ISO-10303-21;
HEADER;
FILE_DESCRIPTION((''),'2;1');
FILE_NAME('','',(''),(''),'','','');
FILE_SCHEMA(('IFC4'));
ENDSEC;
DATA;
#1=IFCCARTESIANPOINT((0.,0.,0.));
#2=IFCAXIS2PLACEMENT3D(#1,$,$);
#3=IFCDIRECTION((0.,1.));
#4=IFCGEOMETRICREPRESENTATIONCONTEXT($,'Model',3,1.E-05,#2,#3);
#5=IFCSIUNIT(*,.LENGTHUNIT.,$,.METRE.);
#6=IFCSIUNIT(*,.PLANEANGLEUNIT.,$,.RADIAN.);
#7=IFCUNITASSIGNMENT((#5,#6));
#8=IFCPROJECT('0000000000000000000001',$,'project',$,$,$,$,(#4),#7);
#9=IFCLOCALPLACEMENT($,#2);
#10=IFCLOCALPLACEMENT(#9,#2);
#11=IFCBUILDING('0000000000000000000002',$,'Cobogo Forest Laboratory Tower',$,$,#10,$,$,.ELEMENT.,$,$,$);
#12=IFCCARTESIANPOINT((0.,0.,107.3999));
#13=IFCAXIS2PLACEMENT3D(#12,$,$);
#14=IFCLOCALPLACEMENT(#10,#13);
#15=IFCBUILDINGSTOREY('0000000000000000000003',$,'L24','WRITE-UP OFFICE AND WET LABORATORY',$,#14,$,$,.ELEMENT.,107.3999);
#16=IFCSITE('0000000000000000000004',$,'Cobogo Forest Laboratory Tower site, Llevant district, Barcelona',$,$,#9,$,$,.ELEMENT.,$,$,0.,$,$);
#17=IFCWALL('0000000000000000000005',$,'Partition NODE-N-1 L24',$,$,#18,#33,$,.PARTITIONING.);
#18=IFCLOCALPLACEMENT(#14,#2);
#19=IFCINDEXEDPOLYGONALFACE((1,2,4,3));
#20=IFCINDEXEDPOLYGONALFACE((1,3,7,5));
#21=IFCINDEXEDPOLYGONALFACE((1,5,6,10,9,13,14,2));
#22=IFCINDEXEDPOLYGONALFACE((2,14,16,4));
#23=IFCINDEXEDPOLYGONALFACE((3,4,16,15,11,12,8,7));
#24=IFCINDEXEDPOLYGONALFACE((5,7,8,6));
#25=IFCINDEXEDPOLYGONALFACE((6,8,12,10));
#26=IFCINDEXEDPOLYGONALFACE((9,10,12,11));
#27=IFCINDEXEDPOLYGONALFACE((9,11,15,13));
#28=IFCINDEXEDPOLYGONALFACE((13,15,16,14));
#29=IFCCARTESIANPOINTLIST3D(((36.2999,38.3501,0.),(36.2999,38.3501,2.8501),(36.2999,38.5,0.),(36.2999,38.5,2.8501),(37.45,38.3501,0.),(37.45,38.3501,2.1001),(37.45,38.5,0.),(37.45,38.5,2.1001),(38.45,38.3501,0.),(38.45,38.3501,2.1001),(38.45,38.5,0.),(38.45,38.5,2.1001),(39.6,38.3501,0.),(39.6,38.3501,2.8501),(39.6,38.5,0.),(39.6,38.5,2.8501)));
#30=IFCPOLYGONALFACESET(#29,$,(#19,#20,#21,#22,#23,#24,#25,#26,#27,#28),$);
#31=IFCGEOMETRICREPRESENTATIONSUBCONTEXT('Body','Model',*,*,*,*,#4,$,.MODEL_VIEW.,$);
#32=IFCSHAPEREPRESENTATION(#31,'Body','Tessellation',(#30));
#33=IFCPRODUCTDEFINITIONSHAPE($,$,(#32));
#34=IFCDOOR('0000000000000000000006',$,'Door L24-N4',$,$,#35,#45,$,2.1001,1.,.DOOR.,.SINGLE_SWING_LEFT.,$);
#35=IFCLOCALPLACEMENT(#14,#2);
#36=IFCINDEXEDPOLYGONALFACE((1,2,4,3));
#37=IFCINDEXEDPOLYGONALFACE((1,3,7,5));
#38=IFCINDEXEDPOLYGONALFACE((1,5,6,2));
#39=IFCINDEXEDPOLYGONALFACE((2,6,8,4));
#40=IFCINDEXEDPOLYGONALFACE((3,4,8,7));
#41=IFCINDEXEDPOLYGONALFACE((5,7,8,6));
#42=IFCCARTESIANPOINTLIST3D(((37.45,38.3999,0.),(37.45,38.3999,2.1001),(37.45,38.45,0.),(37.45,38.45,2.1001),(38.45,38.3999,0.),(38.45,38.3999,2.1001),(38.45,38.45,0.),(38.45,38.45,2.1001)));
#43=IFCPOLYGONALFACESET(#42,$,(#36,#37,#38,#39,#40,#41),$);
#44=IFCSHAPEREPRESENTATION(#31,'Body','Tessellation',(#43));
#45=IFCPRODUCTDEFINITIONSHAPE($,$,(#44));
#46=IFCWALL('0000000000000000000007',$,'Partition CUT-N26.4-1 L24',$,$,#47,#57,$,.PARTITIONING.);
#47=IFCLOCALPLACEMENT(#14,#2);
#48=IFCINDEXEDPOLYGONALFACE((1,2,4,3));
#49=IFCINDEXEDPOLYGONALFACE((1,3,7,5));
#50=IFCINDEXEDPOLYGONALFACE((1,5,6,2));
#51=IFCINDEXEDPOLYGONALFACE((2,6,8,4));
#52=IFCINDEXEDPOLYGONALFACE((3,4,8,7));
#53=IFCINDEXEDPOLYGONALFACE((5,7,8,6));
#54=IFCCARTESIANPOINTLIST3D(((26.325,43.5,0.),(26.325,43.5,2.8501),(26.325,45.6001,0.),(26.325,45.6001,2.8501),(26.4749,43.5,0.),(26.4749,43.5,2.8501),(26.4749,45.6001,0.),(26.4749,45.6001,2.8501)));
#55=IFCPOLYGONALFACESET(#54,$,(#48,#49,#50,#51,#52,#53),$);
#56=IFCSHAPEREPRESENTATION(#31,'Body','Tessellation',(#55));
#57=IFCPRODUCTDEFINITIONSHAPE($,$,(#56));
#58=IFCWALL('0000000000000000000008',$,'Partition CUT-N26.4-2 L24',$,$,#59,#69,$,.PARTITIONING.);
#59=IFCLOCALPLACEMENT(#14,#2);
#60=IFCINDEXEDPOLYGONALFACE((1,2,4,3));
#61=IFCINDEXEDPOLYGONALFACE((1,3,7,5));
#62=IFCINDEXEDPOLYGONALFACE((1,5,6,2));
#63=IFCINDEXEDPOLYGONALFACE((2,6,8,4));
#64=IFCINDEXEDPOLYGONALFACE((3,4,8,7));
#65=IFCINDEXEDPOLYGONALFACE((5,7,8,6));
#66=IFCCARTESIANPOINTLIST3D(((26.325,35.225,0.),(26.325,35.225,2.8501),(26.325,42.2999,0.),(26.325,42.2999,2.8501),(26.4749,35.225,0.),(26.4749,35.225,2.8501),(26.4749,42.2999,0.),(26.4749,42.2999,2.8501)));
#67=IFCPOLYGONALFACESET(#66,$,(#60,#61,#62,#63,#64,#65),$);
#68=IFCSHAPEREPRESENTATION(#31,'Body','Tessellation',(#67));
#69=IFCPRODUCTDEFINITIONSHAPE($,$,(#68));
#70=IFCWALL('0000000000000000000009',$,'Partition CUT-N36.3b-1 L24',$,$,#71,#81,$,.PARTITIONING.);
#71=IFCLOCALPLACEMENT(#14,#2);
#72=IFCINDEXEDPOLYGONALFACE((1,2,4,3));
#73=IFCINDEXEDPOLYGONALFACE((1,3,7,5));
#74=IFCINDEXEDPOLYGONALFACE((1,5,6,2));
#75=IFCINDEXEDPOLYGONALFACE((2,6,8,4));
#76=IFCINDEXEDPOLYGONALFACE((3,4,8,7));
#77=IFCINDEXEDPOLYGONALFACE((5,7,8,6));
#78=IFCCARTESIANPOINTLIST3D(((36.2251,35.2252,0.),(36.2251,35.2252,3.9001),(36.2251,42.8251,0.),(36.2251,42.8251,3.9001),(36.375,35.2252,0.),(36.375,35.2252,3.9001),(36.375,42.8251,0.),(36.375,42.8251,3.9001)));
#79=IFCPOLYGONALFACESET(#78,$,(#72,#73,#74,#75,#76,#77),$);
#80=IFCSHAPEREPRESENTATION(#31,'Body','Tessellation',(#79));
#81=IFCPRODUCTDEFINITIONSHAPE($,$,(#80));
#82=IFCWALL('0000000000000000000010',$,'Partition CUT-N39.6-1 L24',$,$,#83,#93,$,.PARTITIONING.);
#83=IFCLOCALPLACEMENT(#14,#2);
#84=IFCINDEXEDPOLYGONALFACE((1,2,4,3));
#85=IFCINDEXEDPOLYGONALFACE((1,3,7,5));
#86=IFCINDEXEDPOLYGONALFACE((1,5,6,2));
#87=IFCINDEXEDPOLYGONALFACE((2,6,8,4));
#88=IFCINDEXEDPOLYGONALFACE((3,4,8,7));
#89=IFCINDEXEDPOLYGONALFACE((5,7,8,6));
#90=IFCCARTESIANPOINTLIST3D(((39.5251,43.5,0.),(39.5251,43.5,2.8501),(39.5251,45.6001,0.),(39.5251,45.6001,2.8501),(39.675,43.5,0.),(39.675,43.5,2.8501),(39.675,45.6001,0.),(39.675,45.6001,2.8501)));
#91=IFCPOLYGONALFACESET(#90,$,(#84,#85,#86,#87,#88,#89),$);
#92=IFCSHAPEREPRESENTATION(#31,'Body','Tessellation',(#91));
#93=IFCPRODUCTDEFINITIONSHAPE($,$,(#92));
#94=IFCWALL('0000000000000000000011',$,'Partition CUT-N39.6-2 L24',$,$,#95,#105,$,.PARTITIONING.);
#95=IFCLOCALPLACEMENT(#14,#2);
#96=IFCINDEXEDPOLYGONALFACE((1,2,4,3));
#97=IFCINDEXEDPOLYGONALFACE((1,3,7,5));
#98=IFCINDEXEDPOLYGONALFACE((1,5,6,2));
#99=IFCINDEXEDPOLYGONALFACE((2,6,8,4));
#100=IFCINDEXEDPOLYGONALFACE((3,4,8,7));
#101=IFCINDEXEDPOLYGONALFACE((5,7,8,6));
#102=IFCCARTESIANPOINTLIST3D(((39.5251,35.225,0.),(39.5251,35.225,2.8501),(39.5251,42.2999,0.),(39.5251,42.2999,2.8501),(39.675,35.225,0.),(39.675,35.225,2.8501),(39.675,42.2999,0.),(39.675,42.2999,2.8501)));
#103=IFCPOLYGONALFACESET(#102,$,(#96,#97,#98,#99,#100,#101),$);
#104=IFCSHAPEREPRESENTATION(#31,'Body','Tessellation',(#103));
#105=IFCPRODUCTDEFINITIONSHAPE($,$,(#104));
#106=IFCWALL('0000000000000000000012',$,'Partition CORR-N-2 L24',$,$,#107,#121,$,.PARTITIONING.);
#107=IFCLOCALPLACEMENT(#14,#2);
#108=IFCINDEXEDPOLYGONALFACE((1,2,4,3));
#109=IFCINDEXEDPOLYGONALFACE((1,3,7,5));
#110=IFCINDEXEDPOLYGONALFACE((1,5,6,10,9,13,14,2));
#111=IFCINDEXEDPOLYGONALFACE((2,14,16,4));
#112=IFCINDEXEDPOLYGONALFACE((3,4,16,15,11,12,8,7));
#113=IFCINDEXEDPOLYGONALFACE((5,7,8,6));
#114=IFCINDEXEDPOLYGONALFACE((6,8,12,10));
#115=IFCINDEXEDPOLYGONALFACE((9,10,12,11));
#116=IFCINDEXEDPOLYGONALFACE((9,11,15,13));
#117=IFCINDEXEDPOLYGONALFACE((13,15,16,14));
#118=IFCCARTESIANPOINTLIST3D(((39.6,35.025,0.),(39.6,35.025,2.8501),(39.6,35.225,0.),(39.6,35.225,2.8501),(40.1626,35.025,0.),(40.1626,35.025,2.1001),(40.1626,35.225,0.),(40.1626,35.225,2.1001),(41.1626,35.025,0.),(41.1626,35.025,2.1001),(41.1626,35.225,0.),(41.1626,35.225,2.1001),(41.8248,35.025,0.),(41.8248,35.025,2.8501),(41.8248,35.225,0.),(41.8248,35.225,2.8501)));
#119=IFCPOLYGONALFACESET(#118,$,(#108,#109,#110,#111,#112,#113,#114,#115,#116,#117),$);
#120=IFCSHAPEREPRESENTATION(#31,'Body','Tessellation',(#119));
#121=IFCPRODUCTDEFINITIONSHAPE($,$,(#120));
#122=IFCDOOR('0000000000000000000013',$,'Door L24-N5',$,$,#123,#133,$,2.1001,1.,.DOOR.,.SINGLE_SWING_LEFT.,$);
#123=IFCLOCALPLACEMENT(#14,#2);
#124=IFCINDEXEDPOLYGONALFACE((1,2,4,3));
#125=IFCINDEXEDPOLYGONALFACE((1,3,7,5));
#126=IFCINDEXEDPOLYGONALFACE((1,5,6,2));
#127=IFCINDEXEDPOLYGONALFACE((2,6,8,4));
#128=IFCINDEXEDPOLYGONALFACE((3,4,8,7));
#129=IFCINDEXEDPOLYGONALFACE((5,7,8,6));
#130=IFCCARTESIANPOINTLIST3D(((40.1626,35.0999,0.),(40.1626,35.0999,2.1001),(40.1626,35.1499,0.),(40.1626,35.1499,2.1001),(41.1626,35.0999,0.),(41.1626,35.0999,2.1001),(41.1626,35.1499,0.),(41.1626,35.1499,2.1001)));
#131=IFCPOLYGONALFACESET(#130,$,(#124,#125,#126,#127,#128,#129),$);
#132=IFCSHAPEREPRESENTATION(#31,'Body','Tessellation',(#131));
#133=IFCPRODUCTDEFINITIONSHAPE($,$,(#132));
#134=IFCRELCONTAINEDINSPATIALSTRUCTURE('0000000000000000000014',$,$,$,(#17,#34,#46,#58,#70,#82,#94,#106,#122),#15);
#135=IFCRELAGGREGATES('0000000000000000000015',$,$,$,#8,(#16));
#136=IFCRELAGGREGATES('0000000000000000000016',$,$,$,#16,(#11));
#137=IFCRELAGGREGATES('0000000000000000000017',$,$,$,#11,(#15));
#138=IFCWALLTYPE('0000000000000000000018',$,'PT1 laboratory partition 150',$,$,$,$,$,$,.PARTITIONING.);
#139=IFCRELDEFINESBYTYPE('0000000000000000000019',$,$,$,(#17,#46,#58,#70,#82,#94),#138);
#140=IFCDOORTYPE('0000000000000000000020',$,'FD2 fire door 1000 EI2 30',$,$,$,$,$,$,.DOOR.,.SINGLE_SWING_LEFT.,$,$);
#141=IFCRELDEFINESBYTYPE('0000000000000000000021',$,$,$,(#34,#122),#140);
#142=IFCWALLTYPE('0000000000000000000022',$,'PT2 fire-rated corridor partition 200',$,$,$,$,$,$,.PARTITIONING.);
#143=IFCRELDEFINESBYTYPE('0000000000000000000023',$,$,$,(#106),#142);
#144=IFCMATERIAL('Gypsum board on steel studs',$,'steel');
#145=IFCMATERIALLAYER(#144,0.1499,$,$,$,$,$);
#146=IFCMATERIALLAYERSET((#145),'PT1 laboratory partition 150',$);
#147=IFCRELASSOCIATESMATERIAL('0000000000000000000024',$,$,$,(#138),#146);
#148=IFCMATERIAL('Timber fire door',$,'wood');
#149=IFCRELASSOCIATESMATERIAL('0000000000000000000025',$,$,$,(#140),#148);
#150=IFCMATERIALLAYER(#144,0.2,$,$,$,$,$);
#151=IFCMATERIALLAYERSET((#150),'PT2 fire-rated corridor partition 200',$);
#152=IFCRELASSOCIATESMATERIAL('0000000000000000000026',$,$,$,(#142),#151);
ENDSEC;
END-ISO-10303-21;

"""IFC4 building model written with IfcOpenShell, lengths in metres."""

from ifc_helpers import new_model, si_unit, direction, frame, frame_2d, origin, place, context, subcontext, project, spatial, rectangle, extrude, material, layer, layer_set, type_object, element, fill, save


model = new_model("IFC4")

# Units and contexts
model_context = context("Model", 3, precision=1e-05, world=origin(), true_north=direction((0.0, 1.0)))
body_context = subcontext(model_context, "Body", "Model", "MODEL_VIEW")
ifc_project = project(units=[si_unit("LENGTHUNIT", "METRE"), si_unit("PLANEANGLEUNIT", "RADIAN")], contexts=[model_context])

# Site, building, storey
site_placement = place(None, origin())
site = spatial("IfcSite", under=ifc_project, at=site_placement, Name="Cobogo Forest Laboratory Tower site, Llevant district, Barcelona", CompositionType="ELEMENT", RefElevation=0.0)
building_placement = place(site_placement, origin())
building = spatial("IfcBuilding", under=site, at=building_placement, Name="Cobogo Forest Laboratory Tower", CompositionType="ELEMENT")
storey_placement = place(building_placement, frame((0.0, 0.0, 107.3999)))
storey = spatial("IfcBuildingStorey", under=building, at=storey_placement, Name="L24", Description="WRITE-UP OFFICE AND WET LABORATORY", CompositionType="ELEMENT", Elevation=107.3999)

# Shared definitions
ifc_material_1 = material(Name="Gypsum board on steel studs", Category="steel")
ifc_layer_1 = layer(ifc_material_1, 0.1499)
ifc_layer_set_1 = layer_set([ifc_layer_1], Name="PT1 laboratory partition 150")
wall_type_1 = type_object("IfcWallType", Name="PT1 laboratory partition 150", PredefinedType="PARTITIONING", material=ifc_layer_set_1)
ifc_material_2 = material(Name="Timber fire door", Category="wood")
door_type = type_object("IfcDoorType", Name="FD2 fire door 1000 EI2 30", OperationType="SINGLE_SWING_LEFT", PredefinedType="DOOR", material=ifc_material_2)

# Wall, opening, door
wall_1_placement = place(storey_placement, frame((36.3, 38.425, 0.0), z_axis=(0.0, 0.0, 1.0), x_axis=(1.0, 0.0, 0.0)))
wall_1 = element("IfcWall", 1, at=wall_1_placement, inside=storey, type_object=wall_type_1, Name="Partition NODE-N-1 L24", PredefinedType="PARTITIONING", context=body_context, shape_type="SweptSolid", body=[
    extrude(rectangle(XDim=3.3, YDim=0.1499, at=frame_2d((1.6499, 0.0))), origin(), (0.0, 0.0, 1.0), 2.8501),
])
opening_1_placement = place(wall_1_placement, frame((1.1499, 0.0, 0.0)))
opening_1 = element("IfcOpeningElement", 2, at=opening_1_placement, cuts=wall_1, PredefinedType="OPENING", context=body_context, shape_type="SweptSolid", body=[
    extrude(rectangle(XDim=1.0, YDim=2.1001, at=frame_2d((0.5, 1.05))), frame((0.0, 0.085, 0.0), z_axis=(0.0, -1.0, 0.0), x_axis=(1.0, 0.0, 0.0)), (0.0, 0.0, 1.0), 0.1699),
])
door_1_placement = place(opening_1_placement, origin())
door_1 = element("IfcDoor", 3, at=door_1_placement, inside=storey, type_object=door_type, Name="Door L24-N4", OperationType="SINGLE_SWING_LEFT", OverallHeight=2.1001, OverallWidth=1.0, PredefinedType="DOOR", context=body_context, shape_type="SweptSolid", body=[
    extrude(rectangle(XDim=1.0, YDim=2.1001, at=frame_2d((0.5, 1.05))), frame((0.0, 0.0249, 0.0), z_axis=(0.0, -1.0, 0.0), x_axis=(1.0, 0.0, 0.0)), (0.0, 0.0, 1.0), 0.05),
])
fill(opening_1, door_1)

# Walls
wall_2_placement = place(storey_placement, frame((26.3999, 45.6001, 0.0), z_axis=(0.0, 0.0, 1.0), x_axis=(0.0, -1.0, 0.0)))
element("IfcWall", 4, at=wall_2_placement, inside=storey, type_object=wall_type_1, Name="Partition CUT-N26.4-1 L24", PredefinedType="PARTITIONING", context=body_context, shape_type="SweptSolid", body=[
    extrude(rectangle(XDim=2.1001, YDim=0.1499, at=frame_2d((1.05, 0.0))), origin(), (0.0, 0.0, 1.0), 2.8501),
])
wall_3_placement = place(storey_placement, frame((26.3999, 42.3, 0.0), z_axis=(0.0, 0.0, 1.0), x_axis=(0.0, -1.0, 0.0)))
element("IfcWall", 5, at=wall_3_placement, inside=storey, type_object=wall_type_1, Name="Partition CUT-N26.4-2 L24", PredefinedType="PARTITIONING", context=body_context, shape_type="SweptSolid", body=[
    extrude(rectangle(XDim=7.075, YDim=0.1499, at=frame_2d((3.5376, 0.0))), origin(), (0.0, 0.0, 1.0), 2.8501),
])
wall_4_placement = place(storey_placement, frame((36.3, 42.825, 0.0), z_axis=(0.0, 0.0, 1.0), x_axis=(0.0, -1.0, 0.0)))
element("IfcWall", 6, at=wall_4_placement, inside=storey, type_object=wall_type_1, Name="Partition CUT-N36.3b-1 L24", PredefinedType="PARTITIONING", context=body_context, shape_type="SweptSolid", body=[
    extrude(rectangle(XDim=7.5999, YDim=0.1499, at=frame_2d((3.7998, 0.0))), origin(), (0.0, 0.0, 1.0), 3.9001),
])
wall_5_placement = place(storey_placement, frame((39.6001, 45.6001, 0.0), z_axis=(0.0, 0.0, 1.0), x_axis=(0.0, -1.0, 0.0)))
element("IfcWall", 7, at=wall_5_placement, inside=storey, type_object=wall_type_1, Name="Partition CUT-N39.6-1 L24", PredefinedType="PARTITIONING", context=body_context, shape_type="SweptSolid", body=[
    extrude(rectangle(XDim=2.1001, YDim=0.1499, at=frame_2d((1.05, 0.0))), origin(), (0.0, 0.0, 1.0), 2.8501),
])
wall_6_placement = place(storey_placement, frame((39.6001, 42.3, 0.0), z_axis=(0.0, 0.0, 1.0), x_axis=(0.0, -1.0, 0.0)))
element("IfcWall", 8, at=wall_6_placement, inside=storey, type_object=wall_type_1, Name="Partition CUT-N39.6-2 L24", PredefinedType="PARTITIONING", context=body_context, shape_type="SweptSolid", body=[
    extrude(rectangle(XDim=7.075, YDim=0.1499, at=frame_2d((3.5376, 0.0))), origin(), (0.0, 0.0, 1.0), 2.8501),
])

# Wall, opening, door
ifc_layer_2 = layer(ifc_material_1, 0.2)
ifc_layer_set_2 = layer_set([ifc_layer_2], Name="PT2 fire-rated corridor partition 200")
wall_type_2 = type_object("IfcWallType", Name="PT2 fire-rated corridor partition 200", PredefinedType="PARTITIONING", material=ifc_layer_set_2)
wall_7_placement = place(storey_placement, frame((39.6001, 35.125, 0.0), z_axis=(0.0, 0.0, 1.0), x_axis=(1.0, 0.0, 0.0)))
wall_7 = element("IfcWall", 9, at=wall_7_placement, inside=storey, type_object=wall_type_2, Name="Partition CORR-N-2 L24", PredefinedType="PARTITIONING", context=body_context, shape_type="SweptSolid", body=[
    extrude(rectangle(XDim=2.2249, YDim=0.2, at=frame_2d((1.1123, 0.0))), origin(), (0.0, 0.0, 1.0), 2.8501),
])
opening_2_placement = place(wall_7_placement, frame((0.5625, 0.0, 0.0)))
opening_2 = element("IfcOpeningElement", 10, at=opening_2_placement, cuts=wall_7, PredefinedType="OPENING", context=body_context, shape_type="SweptSolid", body=[
    extrude(rectangle(XDim=1.0, YDim=2.1001, at=frame_2d((0.5, 1.05))), frame((0.0, 0.1099, 0.0), z_axis=(0.0, -1.0, 0.0), x_axis=(1.0, 0.0, 0.0)), (0.0, 0.0, 1.0), 0.22),
])
door_2_placement = place(opening_2_placement, origin())
door_2 = element("IfcDoor", 11, at=door_2_placement, inside=storey, type_object=door_type, Name="Door L24-N5", OperationType="SINGLE_SWING_LEFT", OverallHeight=2.1001, OverallWidth=1.0, PredefinedType="DOOR", context=body_context, shape_type="SweptSolid", body=[
    extrude(rectangle(XDim=1.0, YDim=2.1001, at=frame_2d((0.5, 1.05))), frame((0.0, 0.0249, 0.0), z_axis=(0.0, -1.0, 0.0), x_axis=(1.0, 0.0, 0.0)), (0.0, 0.0, 1.0), 0.05),
])
fill(opening_2, door_2)

save(model, "model.ifc")
